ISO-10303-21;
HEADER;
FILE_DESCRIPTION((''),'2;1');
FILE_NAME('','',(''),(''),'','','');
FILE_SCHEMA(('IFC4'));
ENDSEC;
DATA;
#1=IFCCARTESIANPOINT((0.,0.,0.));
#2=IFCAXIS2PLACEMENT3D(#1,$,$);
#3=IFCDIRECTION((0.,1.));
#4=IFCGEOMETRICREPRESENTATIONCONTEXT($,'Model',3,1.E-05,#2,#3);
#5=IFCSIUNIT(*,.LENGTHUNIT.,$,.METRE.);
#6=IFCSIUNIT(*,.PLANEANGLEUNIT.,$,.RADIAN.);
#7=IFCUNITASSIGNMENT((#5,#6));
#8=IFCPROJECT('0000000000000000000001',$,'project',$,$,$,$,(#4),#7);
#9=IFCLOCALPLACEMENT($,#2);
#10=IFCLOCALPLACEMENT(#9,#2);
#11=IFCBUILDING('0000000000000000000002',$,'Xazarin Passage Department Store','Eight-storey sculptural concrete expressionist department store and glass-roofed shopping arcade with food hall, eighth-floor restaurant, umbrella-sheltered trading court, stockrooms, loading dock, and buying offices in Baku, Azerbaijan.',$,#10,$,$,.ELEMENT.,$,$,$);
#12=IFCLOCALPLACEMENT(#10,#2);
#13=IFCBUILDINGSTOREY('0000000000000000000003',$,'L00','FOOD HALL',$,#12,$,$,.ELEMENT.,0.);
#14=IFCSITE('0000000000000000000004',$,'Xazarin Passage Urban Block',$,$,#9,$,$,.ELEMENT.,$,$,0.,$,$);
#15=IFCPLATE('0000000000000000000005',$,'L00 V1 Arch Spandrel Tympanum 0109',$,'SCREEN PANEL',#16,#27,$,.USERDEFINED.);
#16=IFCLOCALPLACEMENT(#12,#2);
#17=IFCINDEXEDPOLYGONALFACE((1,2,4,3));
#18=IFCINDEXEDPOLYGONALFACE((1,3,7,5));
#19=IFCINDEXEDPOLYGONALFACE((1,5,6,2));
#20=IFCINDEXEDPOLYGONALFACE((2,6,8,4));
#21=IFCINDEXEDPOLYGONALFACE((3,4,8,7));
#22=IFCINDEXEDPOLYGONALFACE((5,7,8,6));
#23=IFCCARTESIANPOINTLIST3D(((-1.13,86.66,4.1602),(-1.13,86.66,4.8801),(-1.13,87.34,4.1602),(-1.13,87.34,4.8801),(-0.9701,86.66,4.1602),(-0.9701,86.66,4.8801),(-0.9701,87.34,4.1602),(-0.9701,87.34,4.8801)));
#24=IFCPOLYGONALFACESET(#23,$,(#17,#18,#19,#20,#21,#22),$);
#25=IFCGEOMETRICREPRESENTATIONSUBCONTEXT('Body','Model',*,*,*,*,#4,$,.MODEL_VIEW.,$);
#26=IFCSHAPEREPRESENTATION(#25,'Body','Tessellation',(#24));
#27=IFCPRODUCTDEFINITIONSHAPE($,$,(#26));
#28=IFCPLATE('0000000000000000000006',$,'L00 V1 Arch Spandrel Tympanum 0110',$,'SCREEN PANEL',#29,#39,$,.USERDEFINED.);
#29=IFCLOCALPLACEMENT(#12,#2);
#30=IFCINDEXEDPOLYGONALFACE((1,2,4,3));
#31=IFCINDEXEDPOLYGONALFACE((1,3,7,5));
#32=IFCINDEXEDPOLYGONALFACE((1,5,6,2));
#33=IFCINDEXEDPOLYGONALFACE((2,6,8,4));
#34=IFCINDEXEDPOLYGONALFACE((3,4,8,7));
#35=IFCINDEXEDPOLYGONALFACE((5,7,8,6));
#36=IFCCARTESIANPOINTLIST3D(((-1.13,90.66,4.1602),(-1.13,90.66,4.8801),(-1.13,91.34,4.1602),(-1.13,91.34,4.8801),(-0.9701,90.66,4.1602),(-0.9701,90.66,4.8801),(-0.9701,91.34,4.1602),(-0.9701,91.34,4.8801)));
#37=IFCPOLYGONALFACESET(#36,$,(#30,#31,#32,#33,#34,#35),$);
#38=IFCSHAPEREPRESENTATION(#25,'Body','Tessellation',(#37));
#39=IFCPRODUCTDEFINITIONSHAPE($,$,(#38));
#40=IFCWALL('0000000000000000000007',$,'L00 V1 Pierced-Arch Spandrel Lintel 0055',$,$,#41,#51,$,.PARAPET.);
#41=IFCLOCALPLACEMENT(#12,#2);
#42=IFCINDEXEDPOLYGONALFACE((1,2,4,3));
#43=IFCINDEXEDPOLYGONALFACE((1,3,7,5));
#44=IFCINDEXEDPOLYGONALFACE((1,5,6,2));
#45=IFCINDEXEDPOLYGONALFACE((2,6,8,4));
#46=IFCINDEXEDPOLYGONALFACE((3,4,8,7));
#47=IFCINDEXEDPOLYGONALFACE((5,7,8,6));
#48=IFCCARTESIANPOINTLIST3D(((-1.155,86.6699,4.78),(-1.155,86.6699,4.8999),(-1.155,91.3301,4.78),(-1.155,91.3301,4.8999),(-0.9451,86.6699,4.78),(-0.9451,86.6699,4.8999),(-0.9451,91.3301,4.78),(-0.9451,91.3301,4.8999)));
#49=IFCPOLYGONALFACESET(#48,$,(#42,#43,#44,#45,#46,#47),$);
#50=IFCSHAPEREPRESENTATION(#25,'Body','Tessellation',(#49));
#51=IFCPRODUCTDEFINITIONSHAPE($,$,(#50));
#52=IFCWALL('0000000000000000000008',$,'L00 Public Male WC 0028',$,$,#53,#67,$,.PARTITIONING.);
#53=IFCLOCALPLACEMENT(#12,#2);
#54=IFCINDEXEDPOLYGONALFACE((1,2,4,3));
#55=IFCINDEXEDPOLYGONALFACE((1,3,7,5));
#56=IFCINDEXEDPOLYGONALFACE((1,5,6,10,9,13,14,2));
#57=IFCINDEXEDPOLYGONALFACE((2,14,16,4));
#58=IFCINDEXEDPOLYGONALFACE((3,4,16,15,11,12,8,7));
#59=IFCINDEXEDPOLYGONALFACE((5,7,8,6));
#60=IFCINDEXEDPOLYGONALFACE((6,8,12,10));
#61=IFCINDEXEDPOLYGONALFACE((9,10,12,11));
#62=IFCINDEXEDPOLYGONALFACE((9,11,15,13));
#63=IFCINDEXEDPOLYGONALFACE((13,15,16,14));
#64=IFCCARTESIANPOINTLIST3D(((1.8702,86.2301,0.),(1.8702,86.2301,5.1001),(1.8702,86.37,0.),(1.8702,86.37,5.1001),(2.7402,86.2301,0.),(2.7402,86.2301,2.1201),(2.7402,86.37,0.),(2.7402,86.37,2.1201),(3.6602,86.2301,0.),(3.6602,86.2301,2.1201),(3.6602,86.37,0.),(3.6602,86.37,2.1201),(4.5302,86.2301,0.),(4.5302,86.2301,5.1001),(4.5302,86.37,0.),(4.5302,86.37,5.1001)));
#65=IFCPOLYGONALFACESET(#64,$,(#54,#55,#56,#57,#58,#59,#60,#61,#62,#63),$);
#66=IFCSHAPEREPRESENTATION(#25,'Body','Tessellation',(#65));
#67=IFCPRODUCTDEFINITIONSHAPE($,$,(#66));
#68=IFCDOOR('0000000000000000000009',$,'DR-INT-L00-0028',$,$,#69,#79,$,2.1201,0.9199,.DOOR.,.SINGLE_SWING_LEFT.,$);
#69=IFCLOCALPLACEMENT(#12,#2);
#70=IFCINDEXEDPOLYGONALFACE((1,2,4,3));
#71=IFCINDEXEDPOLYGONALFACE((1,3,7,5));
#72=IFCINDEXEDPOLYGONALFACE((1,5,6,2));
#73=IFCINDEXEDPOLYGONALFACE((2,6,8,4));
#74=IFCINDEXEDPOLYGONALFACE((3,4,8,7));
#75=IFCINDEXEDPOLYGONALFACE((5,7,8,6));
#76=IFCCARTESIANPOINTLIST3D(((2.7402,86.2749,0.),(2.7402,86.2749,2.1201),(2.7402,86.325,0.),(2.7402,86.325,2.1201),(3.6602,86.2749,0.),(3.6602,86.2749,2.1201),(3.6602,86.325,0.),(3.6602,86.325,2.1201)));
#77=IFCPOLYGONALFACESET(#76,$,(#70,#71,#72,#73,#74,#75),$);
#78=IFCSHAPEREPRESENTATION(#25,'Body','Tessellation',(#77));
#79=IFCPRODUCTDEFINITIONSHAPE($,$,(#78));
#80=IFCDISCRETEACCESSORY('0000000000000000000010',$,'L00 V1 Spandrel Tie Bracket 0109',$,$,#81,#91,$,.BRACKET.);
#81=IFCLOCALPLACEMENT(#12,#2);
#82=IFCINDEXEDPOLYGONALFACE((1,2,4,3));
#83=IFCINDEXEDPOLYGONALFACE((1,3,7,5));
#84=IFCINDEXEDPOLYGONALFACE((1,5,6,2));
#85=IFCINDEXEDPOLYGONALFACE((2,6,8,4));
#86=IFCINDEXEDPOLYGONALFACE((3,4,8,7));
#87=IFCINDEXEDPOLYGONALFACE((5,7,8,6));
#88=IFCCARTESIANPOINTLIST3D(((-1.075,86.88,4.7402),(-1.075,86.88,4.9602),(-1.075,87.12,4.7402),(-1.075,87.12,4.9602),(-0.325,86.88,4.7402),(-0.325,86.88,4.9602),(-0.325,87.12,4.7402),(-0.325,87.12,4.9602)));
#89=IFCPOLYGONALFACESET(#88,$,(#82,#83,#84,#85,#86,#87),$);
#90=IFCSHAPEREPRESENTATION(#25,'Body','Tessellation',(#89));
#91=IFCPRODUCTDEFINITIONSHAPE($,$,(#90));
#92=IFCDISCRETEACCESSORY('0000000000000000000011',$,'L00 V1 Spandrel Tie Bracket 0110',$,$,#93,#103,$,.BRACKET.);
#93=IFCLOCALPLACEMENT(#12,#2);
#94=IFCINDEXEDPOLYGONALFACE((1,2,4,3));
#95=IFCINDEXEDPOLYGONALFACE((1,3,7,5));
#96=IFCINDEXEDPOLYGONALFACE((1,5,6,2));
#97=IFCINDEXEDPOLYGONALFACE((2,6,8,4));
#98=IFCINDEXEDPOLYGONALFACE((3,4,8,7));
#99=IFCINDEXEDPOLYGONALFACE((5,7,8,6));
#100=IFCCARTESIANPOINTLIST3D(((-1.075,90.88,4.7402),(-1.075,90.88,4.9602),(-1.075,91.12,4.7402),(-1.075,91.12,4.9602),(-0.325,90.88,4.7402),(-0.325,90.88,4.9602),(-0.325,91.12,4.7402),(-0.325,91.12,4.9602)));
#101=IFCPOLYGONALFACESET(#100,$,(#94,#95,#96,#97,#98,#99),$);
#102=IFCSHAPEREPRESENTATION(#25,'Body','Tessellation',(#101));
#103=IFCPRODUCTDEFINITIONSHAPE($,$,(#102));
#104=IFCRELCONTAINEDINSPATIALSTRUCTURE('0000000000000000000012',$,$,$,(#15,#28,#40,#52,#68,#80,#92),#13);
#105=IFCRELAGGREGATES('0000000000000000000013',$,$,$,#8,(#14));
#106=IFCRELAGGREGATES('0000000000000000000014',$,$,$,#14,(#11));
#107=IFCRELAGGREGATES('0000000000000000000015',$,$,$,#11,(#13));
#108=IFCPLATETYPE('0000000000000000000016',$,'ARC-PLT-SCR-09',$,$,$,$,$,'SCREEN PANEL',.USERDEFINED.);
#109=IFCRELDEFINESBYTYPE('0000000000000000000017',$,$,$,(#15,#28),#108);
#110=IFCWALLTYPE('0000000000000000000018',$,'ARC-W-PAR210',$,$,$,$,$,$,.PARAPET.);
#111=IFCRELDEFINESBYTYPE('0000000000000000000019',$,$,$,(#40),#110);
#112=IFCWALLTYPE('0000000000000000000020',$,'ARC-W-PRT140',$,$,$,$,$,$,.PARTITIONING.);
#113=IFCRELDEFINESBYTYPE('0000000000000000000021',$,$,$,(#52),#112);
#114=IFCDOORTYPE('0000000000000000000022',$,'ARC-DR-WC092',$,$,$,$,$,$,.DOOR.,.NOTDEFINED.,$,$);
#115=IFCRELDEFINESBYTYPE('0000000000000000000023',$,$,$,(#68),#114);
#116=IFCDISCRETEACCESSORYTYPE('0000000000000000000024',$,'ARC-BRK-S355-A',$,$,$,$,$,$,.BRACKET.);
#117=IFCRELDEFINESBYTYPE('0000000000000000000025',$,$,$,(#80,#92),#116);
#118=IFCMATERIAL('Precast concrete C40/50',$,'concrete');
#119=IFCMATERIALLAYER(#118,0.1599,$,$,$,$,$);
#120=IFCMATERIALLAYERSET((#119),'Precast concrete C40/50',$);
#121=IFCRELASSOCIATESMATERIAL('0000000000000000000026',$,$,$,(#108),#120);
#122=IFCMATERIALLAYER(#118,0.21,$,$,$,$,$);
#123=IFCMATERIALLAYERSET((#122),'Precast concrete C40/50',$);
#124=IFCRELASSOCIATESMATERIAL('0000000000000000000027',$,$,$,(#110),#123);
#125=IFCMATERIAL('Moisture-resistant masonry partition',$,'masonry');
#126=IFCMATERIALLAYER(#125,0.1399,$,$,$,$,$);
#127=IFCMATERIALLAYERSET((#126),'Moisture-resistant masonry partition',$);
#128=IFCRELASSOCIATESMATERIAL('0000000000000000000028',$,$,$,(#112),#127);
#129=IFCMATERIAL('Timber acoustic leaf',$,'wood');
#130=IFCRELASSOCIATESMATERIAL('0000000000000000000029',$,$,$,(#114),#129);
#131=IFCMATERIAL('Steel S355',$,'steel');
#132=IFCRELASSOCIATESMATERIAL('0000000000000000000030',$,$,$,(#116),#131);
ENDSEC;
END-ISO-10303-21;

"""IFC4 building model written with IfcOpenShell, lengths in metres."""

from ifc_helpers import new_model, si_unit, direction, frame, frame_2d, origin, origin_2d, place, context, subcontext, project, spatial, rectangle, extrude, material, layer, layer_set, type_object, element, fill, save


model = new_model("IFC4")

# Units and contexts
model_context = context("Model", 3, precision=1e-05, world=origin(), true_north=direction((0.0, 1.0)))
body_context = subcontext(model_context, "Body", "Model", "MODEL_VIEW")
ifc_project = project(units=[si_unit("LENGTHUNIT", "METRE"), si_unit("PLANEANGLEUNIT", "RADIAN")], contexts=[model_context])

# Site, building, storey
site_placement = place(None, origin())
site = spatial("IfcSite", under=ifc_project, at=site_placement, Name="Xazarin Passage Urban Block", CompositionType="ELEMENT", RefElevation=0.0)
building_placement = place(site_placement, origin())
building = spatial("IfcBuilding", under=site, at=building_placement, Name="Xazarin Passage Department Store", Description="Eight-storey sculptural concrete expressionist department store and glass-roofed shopping arcade with food hall, eighth-floor restaurant, umbrella-sheltered trading court, stockrooms, loading dock, and buying offices in Baku, Azerbaijan.", CompositionType="ELEMENT")
storey_placement = place(building_placement, origin())
storey = spatial("IfcBuildingStorey", under=building, at=storey_placement, Name="L00", Description="FOOD HALL", CompositionType="ELEMENT", Elevation=0.0)

# Shared definitions
ifc_material_1 = material(Name="Steel S355", Category="steel")

# Plates
ifc_material_2 = material(Name="Precast concrete C40/50", Category="concrete")
ifc_layer_1 = layer(ifc_material_2, 0.1599)
ifc_layer_set_1 = layer_set([ifc_layer_1], Name="Precast concrete C40/50")
plate_type = type_object("IfcPlateType", Name="ARC-PLT-SCR-09", ElementType="SCREEN PANEL", PredefinedType="USERDEFINED", material=ifc_layer_set_1)
for number, where, z_axis, x_axis, name in (
    (1, (-1.05, 87.0, 4.1602), (0.0, 0.0, 1.0), (0.0, 1.0, 0.0), "L00 V1 Arch Spandrel Tympanum 0109"),
    (2, (-1.05, 91.0, 4.1602), (0.0, 0.0, 1.0), (0.0, 1.0, 0.0), "L00 V1 Arch Spandrel Tympanum 0110"),
):
    element("IfcPlate", number, at=place(storey_placement, frame(where, z_axis=z_axis, x_axis=x_axis)), inside=storey, type_object=plate_type, Name=name, ObjectType="SCREEN PANEL", PredefinedType="USERDEFINED", context=body_context, shape_type="SweptSolid", body=[
        extrude(rectangle(XDim=0.6799, YDim=0.1599, at=origin_2d()), origin(), (0.0, 0.0, 1.0), 0.72),
    ])

# Wall
ifc_layer_2 = layer(ifc_material_2, 0.21)
ifc_layer_set_2 = layer_set([ifc_layer_2], Name="Precast concrete C40/50")
wall_type_1 = type_object("IfcWallType", Name="ARC-W-PAR210", PredefinedType="PARAPET", material=ifc_layer_set_2)
wall_1_placement = place(storey_placement, frame((-1.05, 86.6699, 4.78), z_axis=(0.0, 0.0, 1.0), x_axis=(0.0, 1.0, 0.0)))
element("IfcWall", 3, at=wall_1_placement, inside=storey, type_object=wall_type_1, Name="L00 V1 Pierced-Arch Spandrel Lintel 0055", PredefinedType="PARAPET", context=body_context, shape_type="SweptSolid", body=[
    extrude(rectangle(XDim=4.6602, YDim=0.21, at=frame_2d((2.3301, 0.0))), origin(), (0.0, 0.0, 1.0), 0.1199),
])

# Wall, opening, door
ifc_material_3 = material(Name="Moisture-resistant masonry partition", Category="masonry")
ifc_layer_3 = layer(ifc_material_3, 0.1399)
ifc_layer_set_3 = layer_set([ifc_layer_3], Name="Moisture-resistant masonry partition")
wall_type_2 = type_object("IfcWallType", Name="ARC-W-PRT140", PredefinedType="PARTITIONING", material=ifc_layer_set_3)
wall_2_placement = place(storey_placement, frame((1.8701, 86.3, 0.0), z_axis=(0.0, 0.0, 1.0), x_axis=(1.0, 0.0, 0.0)))
wall_2 = element("IfcWall", 4, at=wall_2_placement, inside=storey, type_object=wall_type_2, Name="L00 Public Male WC 0028", PredefinedType="PARTITIONING", context=body_context, shape_type="SweptSolid", body=[
    extrude(rectangle(XDim=2.6599, YDim=0.1399, at=frame_2d((1.3301, 0.0))), origin(), (0.0, 0.0, 1.0), 5.1001),
])
opening_1_placement = place(wall_2_placement, frame((0.8701, 0.0, 0.0)))
opening_1 = element("IfcOpeningElement", 5, at=opening_1_placement, cuts=wall_2, PredefinedType="OPENING", context=body_context, shape_type="SweptSolid", body=[
    extrude(rectangle(XDim=0.9199, YDim=2.1201, at=frame_2d((0.46, 1.0601))), frame((0.0, 0.0798, 0.0), z_axis=(0.0, -1.0, 0.0), x_axis=(1.0, 0.0, 0.0)), (0.0, 0.0, 1.0), 0.1599),
])
ifc_material_4 = material(Name="Timber acoustic leaf", Category="wood")
door_type_1 = type_object("IfcDoorType", Name="ARC-DR-WC092", OperationType="NOTDEFINED", PredefinedType="DOOR", material=ifc_material_4)
door_1_placement = place(opening_1_placement, origin())
door_1 = element("IfcDoor", 6, at=door_1_placement, inside=storey, type_object=door_type_1, Name="DR-INT-L00-0028", OperationType="SINGLE_SWING_LEFT", OverallHeight=2.1201, OverallWidth=0.9199, PredefinedType="DOOR", context=body_context, shape_type="SweptSolid", body=[
    extrude(rectangle(XDim=0.9199, YDim=2.1201, at=frame_2d((0.46, 1.0601))), frame((0.0, 0.0249, 0.0), z_axis=(0.0, -1.0, 0.0), x_axis=(1.0, 0.0, 0.0)), (0.0, 0.0, 1.0), 0.05),
])
fill(opening_1, door_1)

# Discrete accessories
discrete_accessory_type = type_object("IfcDiscreteAccessoryType", Name="ARC-BRK-S355-A", PredefinedType="BRACKET", material=ifc_material_1)
for number, where, z_axis, x_axis, name in (
    (7, (-0.7, 87.0, 4.7402), (0.0, 0.0, 1.0), (0.0, 1.0, 0.0), "L00 V1 Spandrel Tie Bracket 0109"),
    (8, (-0.7, 91.0, 4.7402), (0.0, 0.0, 1.0), (0.0, 1.0, 0.0), "L00 V1 Spandrel Tie Bracket 0110"),
):
    element("IfcDiscreteAccessory", number, at=place(storey_placement, frame(where, z_axis=z_axis, x_axis=x_axis)), inside=storey, type_object=discrete_accessory_type, Name=name, PredefinedType="BRACKET", context=body_context, shape_type="SweptSolid", body=[
        extrude(rectangle(XDim=0.24, YDim=0.75, at=origin_2d()), origin(), (0.0, 0.0, 1.0), 0.22),
    ])

save(model, "model.ifc")
